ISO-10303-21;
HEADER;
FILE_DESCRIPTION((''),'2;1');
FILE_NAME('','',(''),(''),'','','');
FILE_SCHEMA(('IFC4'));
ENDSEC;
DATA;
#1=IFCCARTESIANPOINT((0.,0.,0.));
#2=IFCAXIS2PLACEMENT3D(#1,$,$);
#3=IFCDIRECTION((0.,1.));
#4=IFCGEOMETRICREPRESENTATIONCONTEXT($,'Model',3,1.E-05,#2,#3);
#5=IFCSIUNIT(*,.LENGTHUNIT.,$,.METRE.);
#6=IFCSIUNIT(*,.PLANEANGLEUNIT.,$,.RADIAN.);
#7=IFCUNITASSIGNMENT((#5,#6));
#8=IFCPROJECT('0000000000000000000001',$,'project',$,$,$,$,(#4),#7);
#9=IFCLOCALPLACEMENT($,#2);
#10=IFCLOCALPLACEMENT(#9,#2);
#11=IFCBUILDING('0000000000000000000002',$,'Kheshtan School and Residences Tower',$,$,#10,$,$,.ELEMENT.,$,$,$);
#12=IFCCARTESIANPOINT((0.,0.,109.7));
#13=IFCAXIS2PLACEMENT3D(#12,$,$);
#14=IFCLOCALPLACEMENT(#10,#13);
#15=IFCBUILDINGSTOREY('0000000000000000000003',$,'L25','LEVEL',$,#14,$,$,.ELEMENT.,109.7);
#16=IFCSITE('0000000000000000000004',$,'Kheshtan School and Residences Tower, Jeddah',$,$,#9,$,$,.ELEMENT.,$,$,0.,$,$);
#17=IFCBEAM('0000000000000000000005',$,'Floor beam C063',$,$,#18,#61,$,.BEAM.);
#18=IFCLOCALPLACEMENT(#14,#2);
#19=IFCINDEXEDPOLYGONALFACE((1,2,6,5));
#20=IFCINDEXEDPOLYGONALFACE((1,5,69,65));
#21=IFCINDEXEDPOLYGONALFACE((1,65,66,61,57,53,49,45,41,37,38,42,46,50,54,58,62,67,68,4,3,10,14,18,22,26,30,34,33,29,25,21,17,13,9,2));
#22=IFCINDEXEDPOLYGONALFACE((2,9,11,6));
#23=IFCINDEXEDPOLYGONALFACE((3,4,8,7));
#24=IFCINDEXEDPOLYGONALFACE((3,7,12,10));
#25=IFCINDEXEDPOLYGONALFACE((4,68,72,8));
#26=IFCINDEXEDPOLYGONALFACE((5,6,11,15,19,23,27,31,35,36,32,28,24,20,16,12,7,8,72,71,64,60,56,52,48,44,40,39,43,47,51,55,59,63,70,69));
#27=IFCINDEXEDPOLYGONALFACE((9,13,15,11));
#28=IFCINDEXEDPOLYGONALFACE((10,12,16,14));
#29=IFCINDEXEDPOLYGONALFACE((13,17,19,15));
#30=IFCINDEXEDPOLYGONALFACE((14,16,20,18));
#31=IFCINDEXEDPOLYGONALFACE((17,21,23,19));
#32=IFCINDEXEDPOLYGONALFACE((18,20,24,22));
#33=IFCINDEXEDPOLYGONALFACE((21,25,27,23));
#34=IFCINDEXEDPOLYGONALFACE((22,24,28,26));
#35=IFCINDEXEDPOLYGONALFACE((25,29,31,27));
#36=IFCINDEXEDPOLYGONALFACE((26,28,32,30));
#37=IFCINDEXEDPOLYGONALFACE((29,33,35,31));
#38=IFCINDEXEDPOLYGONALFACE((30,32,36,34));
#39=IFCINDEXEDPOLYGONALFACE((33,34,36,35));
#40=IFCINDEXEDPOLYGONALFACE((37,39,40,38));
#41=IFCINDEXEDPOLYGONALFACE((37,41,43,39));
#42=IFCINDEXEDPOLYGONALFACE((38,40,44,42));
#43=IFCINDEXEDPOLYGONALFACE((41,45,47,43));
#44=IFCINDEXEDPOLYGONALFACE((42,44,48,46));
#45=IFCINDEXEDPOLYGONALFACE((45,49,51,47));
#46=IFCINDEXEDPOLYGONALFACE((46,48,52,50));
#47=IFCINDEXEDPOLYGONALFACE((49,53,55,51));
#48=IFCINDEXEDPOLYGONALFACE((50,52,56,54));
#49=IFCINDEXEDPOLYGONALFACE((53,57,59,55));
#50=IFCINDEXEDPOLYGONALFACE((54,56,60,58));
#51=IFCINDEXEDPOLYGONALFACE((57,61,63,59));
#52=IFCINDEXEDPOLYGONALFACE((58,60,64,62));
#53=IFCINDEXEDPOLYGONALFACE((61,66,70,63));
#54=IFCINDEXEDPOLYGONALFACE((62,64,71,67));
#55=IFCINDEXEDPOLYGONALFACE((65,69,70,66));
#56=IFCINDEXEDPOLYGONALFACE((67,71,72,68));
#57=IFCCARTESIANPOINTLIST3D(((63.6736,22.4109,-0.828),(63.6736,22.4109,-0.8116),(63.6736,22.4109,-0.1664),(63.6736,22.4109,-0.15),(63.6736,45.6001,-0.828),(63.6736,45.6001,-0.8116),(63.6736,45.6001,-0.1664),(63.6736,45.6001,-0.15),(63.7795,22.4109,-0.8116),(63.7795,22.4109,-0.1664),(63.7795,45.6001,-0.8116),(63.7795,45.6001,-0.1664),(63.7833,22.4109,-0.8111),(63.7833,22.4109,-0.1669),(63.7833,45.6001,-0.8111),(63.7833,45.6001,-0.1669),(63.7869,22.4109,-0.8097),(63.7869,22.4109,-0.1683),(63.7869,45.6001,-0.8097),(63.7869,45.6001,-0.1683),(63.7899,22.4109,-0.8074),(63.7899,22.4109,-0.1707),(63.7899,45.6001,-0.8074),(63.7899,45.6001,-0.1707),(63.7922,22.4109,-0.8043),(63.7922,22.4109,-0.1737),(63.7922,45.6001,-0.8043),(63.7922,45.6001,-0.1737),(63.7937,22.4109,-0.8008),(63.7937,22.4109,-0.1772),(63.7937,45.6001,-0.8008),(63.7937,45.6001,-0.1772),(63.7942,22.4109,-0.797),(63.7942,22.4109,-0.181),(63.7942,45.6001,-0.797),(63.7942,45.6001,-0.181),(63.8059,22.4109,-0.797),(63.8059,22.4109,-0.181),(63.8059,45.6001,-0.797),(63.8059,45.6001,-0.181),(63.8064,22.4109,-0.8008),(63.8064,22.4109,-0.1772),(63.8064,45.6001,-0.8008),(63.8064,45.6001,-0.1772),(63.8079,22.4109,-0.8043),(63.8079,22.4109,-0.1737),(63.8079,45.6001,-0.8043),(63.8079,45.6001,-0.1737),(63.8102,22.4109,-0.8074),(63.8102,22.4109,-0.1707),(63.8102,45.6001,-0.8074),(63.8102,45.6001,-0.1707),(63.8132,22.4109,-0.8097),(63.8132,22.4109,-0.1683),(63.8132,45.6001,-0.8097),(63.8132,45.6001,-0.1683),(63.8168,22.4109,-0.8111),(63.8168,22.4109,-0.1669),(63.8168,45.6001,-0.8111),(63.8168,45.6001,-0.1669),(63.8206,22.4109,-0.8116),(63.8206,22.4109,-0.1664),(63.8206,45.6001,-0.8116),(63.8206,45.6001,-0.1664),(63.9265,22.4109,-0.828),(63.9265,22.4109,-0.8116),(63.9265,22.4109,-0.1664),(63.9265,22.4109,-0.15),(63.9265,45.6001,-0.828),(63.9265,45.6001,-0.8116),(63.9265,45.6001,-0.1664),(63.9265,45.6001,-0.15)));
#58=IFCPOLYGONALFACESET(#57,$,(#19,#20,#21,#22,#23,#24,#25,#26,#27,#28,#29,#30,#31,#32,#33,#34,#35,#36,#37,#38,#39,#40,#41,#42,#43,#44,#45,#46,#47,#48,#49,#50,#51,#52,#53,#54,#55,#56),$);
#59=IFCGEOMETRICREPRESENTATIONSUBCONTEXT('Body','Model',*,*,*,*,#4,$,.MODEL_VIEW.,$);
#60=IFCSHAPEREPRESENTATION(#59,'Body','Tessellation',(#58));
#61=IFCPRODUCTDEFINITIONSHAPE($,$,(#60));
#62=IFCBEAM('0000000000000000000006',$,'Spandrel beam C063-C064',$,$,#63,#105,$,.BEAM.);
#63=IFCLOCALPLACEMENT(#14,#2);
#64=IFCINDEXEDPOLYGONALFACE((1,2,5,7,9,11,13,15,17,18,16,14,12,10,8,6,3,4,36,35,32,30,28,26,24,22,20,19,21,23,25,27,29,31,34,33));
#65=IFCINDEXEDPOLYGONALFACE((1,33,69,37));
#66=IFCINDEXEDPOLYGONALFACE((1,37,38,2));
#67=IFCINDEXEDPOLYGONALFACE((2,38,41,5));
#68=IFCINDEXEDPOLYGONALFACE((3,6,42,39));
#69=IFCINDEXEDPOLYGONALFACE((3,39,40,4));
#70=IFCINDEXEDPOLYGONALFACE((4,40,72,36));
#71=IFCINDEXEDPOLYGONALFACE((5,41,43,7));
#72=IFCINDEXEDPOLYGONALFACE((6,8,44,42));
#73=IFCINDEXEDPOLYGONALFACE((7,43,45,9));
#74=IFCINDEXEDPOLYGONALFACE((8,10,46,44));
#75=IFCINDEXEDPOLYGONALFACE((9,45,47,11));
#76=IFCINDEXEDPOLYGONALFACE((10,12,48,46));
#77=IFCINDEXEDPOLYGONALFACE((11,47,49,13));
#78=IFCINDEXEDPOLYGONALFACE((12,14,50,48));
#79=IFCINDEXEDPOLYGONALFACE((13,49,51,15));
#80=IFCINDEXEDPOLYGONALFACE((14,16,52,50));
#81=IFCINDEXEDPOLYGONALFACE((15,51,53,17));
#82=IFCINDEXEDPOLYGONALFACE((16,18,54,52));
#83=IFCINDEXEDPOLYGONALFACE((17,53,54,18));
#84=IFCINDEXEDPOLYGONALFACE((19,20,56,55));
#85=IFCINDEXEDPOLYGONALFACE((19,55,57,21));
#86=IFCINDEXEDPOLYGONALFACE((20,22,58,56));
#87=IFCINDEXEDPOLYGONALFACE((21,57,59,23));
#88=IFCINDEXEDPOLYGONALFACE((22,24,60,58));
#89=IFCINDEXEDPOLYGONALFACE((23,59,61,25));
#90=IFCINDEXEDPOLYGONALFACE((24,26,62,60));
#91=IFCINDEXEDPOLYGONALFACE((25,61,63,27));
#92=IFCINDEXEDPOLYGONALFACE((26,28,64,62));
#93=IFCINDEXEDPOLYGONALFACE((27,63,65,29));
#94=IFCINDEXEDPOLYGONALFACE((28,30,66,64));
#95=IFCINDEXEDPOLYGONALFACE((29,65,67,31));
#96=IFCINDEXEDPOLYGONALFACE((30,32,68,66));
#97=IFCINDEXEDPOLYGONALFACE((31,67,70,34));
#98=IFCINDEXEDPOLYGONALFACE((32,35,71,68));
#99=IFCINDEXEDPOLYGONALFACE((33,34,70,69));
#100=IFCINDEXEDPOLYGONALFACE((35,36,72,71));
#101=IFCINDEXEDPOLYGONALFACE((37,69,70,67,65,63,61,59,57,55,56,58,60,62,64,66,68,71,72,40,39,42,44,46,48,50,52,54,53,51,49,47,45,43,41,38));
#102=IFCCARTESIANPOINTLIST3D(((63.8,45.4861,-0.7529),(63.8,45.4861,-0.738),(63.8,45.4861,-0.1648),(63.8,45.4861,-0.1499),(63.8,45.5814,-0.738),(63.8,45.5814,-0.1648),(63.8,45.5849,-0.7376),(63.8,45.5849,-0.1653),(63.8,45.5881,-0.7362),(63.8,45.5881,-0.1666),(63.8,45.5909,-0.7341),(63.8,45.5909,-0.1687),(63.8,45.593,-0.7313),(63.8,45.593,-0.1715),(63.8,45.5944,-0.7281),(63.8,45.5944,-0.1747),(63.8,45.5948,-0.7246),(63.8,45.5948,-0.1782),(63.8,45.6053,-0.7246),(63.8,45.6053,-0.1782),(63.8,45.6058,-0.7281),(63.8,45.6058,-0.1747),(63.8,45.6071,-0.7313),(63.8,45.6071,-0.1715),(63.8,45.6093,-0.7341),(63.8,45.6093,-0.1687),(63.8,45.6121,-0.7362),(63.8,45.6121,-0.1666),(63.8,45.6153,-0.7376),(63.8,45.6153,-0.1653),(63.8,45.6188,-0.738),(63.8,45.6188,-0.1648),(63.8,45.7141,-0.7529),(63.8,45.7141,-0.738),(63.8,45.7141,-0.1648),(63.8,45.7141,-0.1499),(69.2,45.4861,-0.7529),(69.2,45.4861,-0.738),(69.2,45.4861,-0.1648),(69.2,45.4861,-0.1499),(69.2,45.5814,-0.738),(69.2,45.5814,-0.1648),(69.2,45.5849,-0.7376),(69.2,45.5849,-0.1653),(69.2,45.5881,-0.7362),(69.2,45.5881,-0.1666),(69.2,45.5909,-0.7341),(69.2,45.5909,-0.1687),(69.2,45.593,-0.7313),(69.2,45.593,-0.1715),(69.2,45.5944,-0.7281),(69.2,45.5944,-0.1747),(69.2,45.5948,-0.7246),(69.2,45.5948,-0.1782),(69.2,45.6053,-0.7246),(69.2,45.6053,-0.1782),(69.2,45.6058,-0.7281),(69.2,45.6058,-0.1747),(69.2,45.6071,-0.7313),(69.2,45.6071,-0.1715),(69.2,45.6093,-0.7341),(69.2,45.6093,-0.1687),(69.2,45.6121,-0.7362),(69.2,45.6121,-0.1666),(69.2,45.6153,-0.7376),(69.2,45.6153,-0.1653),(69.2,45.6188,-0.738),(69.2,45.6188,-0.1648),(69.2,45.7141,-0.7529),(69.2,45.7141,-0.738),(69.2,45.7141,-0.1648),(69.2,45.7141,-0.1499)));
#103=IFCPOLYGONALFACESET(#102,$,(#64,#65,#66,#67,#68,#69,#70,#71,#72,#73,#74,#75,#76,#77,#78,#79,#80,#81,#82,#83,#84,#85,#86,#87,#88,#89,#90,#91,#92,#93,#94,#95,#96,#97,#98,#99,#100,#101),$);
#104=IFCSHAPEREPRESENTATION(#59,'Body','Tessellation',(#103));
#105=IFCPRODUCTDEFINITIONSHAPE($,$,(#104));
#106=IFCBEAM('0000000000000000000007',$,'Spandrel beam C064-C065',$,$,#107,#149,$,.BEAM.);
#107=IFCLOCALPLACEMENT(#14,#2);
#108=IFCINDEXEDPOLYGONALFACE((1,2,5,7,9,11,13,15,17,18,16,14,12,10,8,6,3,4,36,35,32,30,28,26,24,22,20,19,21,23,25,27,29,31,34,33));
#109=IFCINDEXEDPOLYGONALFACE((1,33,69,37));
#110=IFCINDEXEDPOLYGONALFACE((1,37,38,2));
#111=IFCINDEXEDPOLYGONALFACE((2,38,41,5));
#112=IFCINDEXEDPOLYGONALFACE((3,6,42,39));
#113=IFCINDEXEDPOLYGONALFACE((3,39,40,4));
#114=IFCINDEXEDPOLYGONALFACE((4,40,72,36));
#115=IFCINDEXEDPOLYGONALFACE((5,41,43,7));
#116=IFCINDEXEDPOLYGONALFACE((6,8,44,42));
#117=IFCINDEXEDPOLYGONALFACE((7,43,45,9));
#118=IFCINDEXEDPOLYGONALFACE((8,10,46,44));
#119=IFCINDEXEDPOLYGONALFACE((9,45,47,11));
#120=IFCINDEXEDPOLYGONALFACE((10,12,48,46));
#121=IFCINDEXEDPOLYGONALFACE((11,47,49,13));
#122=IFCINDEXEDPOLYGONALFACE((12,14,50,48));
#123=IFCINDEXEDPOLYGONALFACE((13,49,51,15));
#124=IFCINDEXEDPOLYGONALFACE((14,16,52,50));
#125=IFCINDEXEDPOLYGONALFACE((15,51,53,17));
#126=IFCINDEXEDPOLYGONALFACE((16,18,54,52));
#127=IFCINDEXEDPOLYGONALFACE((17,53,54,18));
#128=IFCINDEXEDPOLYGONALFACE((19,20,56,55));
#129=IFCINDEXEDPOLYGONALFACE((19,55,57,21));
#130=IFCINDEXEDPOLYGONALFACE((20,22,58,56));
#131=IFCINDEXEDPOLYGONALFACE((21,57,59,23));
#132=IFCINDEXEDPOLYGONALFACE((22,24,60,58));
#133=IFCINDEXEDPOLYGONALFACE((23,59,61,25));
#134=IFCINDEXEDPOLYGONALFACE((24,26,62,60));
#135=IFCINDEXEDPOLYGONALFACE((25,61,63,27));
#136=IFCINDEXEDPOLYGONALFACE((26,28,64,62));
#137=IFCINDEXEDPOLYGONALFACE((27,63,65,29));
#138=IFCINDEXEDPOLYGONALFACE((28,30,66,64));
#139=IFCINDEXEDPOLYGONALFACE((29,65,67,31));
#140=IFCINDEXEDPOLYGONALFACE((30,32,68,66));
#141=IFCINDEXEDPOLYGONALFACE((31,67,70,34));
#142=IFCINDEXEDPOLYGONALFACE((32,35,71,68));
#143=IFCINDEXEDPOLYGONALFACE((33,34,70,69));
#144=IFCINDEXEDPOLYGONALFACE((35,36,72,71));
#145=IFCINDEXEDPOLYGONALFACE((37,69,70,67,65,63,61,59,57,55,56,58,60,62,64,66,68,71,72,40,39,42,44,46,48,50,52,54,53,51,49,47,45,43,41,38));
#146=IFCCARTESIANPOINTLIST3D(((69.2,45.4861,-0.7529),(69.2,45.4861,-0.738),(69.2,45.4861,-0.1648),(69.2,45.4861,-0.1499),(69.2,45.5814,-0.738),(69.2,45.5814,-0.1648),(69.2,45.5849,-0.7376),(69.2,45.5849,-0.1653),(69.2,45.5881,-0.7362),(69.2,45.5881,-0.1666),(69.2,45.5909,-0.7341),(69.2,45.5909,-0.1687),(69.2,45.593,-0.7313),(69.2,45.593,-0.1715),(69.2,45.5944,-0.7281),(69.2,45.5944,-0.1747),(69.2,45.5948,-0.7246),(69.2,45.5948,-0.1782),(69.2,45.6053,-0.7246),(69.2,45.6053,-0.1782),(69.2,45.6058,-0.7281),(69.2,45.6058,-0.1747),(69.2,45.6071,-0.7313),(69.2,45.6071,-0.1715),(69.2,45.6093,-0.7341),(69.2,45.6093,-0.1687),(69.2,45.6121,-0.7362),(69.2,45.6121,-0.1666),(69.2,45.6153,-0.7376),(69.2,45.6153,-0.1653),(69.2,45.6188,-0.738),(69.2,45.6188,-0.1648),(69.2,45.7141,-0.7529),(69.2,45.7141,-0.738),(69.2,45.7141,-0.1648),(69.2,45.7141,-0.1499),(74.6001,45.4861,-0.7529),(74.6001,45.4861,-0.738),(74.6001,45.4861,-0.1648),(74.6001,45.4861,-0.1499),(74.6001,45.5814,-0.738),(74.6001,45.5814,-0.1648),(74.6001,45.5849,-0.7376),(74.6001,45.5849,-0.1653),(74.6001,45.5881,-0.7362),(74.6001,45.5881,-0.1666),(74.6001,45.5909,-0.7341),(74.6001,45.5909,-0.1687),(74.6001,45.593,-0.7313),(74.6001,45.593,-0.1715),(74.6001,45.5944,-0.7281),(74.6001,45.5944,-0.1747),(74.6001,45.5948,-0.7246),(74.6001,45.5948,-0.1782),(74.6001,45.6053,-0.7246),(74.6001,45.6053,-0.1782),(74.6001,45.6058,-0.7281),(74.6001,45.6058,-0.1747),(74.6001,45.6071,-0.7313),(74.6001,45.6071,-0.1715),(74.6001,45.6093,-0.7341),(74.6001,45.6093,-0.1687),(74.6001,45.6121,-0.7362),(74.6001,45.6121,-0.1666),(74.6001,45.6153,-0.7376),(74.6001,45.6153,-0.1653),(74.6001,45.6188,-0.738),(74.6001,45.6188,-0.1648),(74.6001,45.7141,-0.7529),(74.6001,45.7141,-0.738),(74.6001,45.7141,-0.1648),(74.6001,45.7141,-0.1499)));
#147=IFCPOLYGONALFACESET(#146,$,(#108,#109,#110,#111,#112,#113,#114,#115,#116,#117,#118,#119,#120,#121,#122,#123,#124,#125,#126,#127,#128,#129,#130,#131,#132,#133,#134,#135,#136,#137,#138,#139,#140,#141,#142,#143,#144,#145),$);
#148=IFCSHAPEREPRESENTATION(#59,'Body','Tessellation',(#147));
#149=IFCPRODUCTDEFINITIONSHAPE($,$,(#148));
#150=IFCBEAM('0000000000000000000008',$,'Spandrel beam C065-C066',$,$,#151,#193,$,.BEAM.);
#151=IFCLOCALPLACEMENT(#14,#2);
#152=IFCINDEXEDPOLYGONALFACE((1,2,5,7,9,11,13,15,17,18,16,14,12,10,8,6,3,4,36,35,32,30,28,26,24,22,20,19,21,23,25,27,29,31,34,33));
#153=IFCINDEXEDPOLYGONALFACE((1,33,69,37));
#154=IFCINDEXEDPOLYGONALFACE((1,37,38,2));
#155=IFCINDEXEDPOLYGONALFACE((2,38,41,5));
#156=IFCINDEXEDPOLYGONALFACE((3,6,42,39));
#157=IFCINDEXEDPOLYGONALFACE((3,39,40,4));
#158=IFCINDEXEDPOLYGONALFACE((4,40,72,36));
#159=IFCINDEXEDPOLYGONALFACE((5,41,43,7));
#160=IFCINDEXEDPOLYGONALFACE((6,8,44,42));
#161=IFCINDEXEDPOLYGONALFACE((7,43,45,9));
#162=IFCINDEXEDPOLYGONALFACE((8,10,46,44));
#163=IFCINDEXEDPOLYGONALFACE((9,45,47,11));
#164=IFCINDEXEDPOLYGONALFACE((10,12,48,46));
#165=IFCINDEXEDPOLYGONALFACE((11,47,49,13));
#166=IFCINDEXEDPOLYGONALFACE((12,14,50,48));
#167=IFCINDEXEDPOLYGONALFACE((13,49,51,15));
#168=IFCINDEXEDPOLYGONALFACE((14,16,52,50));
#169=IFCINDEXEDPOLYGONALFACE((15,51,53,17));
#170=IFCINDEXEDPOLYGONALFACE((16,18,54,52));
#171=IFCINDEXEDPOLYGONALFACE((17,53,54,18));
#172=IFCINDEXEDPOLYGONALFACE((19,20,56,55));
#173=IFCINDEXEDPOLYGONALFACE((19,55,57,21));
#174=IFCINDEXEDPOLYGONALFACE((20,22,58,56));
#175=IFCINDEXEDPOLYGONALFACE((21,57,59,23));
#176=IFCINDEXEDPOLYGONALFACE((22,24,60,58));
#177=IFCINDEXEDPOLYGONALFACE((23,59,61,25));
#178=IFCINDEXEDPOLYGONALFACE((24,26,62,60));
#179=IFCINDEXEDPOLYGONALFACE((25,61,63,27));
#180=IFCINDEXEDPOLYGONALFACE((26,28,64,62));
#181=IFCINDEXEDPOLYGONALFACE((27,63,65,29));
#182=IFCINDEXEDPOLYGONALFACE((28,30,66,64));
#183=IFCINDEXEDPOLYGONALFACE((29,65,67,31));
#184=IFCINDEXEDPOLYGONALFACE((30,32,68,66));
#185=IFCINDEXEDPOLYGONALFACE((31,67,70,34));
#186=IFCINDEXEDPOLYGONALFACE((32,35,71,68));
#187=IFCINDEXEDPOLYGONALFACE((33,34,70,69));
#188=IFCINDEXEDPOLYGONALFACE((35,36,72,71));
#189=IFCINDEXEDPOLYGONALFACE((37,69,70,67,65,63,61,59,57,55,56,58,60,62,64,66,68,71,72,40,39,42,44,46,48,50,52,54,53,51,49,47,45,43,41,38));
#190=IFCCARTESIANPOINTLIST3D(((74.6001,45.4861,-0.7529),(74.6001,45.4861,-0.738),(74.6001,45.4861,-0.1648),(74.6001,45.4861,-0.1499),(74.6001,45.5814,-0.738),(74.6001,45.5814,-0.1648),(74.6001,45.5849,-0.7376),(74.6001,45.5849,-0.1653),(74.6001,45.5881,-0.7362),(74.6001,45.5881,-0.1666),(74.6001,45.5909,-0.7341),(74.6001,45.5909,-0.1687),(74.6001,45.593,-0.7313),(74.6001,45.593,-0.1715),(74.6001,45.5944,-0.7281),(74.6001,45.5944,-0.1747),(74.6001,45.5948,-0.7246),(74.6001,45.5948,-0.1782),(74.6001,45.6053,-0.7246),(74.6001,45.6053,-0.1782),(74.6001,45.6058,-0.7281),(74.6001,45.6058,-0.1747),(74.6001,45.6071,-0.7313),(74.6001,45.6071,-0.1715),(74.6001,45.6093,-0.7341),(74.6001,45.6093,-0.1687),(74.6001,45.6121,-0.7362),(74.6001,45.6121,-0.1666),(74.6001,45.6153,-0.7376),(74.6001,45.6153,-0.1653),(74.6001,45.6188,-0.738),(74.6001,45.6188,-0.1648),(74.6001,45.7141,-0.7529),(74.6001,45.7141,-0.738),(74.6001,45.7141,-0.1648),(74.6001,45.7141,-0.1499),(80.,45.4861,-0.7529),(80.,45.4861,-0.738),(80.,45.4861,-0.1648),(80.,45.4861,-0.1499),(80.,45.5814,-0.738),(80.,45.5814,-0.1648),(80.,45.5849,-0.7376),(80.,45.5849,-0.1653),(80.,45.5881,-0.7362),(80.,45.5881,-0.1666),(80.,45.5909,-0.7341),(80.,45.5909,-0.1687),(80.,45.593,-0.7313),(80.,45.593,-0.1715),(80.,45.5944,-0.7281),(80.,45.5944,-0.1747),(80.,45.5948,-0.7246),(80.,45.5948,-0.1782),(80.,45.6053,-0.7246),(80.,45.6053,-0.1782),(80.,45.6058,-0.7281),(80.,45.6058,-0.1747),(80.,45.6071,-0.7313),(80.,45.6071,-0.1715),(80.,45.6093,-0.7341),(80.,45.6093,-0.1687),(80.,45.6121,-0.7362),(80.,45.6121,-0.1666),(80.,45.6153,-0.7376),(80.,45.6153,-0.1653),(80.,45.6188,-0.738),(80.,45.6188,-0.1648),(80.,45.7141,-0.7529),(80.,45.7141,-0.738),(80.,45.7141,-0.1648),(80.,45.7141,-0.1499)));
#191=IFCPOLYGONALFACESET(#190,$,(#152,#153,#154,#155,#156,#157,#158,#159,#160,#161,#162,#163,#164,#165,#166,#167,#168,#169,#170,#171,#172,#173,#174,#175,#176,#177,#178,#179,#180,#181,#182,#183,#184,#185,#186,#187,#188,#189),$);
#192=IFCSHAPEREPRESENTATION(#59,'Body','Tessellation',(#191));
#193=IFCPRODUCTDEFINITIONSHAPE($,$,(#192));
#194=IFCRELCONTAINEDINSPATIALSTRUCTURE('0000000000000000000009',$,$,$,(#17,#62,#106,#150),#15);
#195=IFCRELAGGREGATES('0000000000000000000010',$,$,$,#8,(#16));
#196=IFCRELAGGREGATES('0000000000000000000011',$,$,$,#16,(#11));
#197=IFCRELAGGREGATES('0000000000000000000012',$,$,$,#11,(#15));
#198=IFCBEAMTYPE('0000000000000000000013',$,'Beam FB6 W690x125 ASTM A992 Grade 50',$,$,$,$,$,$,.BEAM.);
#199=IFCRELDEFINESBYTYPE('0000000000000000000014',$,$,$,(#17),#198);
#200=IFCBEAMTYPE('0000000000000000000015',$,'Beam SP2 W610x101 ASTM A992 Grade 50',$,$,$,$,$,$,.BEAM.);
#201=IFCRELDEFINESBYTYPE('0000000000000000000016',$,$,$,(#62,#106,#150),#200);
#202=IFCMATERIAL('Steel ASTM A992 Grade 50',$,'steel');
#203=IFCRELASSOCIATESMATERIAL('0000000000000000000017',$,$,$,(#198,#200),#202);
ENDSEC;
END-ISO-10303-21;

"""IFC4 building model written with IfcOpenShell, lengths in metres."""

from ifc_helpers import new_model, si_unit, direction, frame, origin, origin_2d, place, context, subcontext, project, spatial, i_section, extrude, material, material_profile, profile_set, type_object, element, save


model = new_model("IFC4")

# Units and contexts
model_context = context("Model", 3, precision=1e-05, world=origin(), true_north=direction((0.0, 1.0)))
body_context = subcontext(model_context, "Body", "Model", "MODEL_VIEW")
ifc_project = project(units=[si_unit("LENGTHUNIT", "METRE"), si_unit("PLANEANGLEUNIT", "RADIAN")], contexts=[model_context])

# Site, building, storey
site_placement = place(None, origin())
site = spatial("IfcSite", under=ifc_project, at=site_placement, Name="Kheshtan School and Residences Tower, Jeddah", CompositionType="ELEMENT", RefElevation=0.0)
building_placement = place(site_placement, origin())
building = spatial("IfcBuilding", under=site, at=building_placement, Name="Kheshtan School and Residences Tower", CompositionType="ELEMENT")
storey_placement = place(building_placement, frame((0.0, 0.0, 109.7)))
storey = spatial("IfcBuildingStorey", under=building, at=storey_placement, Name="L25", Description="LEVEL", CompositionType="ELEMENT", Elevation=109.7)

# Shared definitions
ifc_material_1 = material(Name="Steel ASTM A992 Grade 50", Category="steel")

# Beams
ifc_material_profile_1 = material_profile(ifc_material_1, i_section(OverallWidth=0.2529, OverallDepth=0.678, WebThickness=0.0117, FlangeThickness=0.0164, FilletRadius=0.0146, at=origin_2d()), Name="W690x125")
ifc_profile_set_1 = profile_set([ifc_material_profile_1], Name="Steel ASTM A992 Grade 50")
beam_type_1 = type_object("IfcBeamType", Name="Beam FB6 W690x125 ASTM A992 Grade 50", PredefinedType="BEAM", material=ifc_profile_set_1)
beam_1_placement = place(storey_placement, frame((63.8, 45.6001, -0.489), z_axis=(0.0, -1.0, 0.0), x_axis=(1.0, 0.0, 0.0)))
element("IfcBeam", 1, at=beam_1_placement, inside=storey, type_object=beam_type_1, Name="Floor beam C063", PredefinedType="BEAM", context=body_context, shape_type="SweptSolid", body=[
    extrude(i_section(OverallWidth=0.2529, OverallDepth=0.678, WebThickness=0.0117, FlangeThickness=0.0164, FilletRadius=0.0146, at=origin_2d()), origin(), (0.0, 0.0, 1.0), 23.1892),
])
ifc_material_profile_2 = material_profile(ifc_material_1, i_section(OverallWidth=0.228, OverallDepth=0.603, WebThickness=0.0105, FlangeThickness=0.0149, FilletRadius=0.0134, at=origin_2d()), Name="W610x101")
ifc_profile_set_2 = profile_set([ifc_material_profile_2], Name="Steel ASTM A992 Grade 50")
beam_type_2 = type_object("IfcBeamType", Name="Beam SP2 W610x101 ASTM A992 Grade 50", PredefinedType="BEAM", material=ifc_profile_set_2)
beam_2_placement = place(storey_placement, frame((63.8, 45.6001, -0.4514), z_axis=(1.0, 0.0, 0.0), x_axis=(0.0, 1.0, 0.0)))
element("IfcBeam", 2, at=beam_2_placement, inside=storey, type_object=beam_type_2, Name="Spandrel beam C063-C064", PredefinedType="BEAM", context=body_context, shape_type="SweptSolid", body=[
    extrude(i_section(OverallWidth=0.228, OverallDepth=0.603, WebThickness=0.0105, FlangeThickness=0.0149, FilletRadius=0.0134, at=origin_2d()), origin(), (0.0, 0.0, 1.0), 5.3999),
])
beam_3_placement = place(storey_placement, frame((69.2, 45.6001, -0.4514), z_axis=(1.0, 0.0, 0.0), x_axis=(0.0, 1.0, 0.0)))
element("IfcBeam", 3, at=beam_3_placement, inside=storey, type_object=beam_type_2, Name="Spandrel beam C064-C065", PredefinedType="BEAM", context=body_context, shape_type="SweptSolid", body=[
    extrude(i_section(OverallWidth=0.228, OverallDepth=0.603, WebThickness=0.0105, FlangeThickness=0.0149, FilletRadius=0.0134, at=origin_2d()), origin(), (0.0, 0.0, 1.0), 5.4001),
])
beam_4_placement = place(storey_placement, frame((74.6001, 45.6001, -0.4514), z_axis=(1.0, 0.0, 0.0), x_axis=(0.0, 1.0, 0.0)))
element("IfcBeam", 4, at=beam_4_placement, inside=storey, type_object=beam_type_2, Name="Spandrel beam C065-C066", PredefinedType="BEAM", context=body_context, shape_type="SweptSolid", body=[
    extrude(i_section(OverallWidth=0.228, OverallDepth=0.603, WebThickness=0.0105, FlangeThickness=0.0149, FilletRadius=0.0134, at=origin_2d()), origin(), (0.0, 0.0, 1.0), 5.3999),
])

save(model, "model.ifc")
